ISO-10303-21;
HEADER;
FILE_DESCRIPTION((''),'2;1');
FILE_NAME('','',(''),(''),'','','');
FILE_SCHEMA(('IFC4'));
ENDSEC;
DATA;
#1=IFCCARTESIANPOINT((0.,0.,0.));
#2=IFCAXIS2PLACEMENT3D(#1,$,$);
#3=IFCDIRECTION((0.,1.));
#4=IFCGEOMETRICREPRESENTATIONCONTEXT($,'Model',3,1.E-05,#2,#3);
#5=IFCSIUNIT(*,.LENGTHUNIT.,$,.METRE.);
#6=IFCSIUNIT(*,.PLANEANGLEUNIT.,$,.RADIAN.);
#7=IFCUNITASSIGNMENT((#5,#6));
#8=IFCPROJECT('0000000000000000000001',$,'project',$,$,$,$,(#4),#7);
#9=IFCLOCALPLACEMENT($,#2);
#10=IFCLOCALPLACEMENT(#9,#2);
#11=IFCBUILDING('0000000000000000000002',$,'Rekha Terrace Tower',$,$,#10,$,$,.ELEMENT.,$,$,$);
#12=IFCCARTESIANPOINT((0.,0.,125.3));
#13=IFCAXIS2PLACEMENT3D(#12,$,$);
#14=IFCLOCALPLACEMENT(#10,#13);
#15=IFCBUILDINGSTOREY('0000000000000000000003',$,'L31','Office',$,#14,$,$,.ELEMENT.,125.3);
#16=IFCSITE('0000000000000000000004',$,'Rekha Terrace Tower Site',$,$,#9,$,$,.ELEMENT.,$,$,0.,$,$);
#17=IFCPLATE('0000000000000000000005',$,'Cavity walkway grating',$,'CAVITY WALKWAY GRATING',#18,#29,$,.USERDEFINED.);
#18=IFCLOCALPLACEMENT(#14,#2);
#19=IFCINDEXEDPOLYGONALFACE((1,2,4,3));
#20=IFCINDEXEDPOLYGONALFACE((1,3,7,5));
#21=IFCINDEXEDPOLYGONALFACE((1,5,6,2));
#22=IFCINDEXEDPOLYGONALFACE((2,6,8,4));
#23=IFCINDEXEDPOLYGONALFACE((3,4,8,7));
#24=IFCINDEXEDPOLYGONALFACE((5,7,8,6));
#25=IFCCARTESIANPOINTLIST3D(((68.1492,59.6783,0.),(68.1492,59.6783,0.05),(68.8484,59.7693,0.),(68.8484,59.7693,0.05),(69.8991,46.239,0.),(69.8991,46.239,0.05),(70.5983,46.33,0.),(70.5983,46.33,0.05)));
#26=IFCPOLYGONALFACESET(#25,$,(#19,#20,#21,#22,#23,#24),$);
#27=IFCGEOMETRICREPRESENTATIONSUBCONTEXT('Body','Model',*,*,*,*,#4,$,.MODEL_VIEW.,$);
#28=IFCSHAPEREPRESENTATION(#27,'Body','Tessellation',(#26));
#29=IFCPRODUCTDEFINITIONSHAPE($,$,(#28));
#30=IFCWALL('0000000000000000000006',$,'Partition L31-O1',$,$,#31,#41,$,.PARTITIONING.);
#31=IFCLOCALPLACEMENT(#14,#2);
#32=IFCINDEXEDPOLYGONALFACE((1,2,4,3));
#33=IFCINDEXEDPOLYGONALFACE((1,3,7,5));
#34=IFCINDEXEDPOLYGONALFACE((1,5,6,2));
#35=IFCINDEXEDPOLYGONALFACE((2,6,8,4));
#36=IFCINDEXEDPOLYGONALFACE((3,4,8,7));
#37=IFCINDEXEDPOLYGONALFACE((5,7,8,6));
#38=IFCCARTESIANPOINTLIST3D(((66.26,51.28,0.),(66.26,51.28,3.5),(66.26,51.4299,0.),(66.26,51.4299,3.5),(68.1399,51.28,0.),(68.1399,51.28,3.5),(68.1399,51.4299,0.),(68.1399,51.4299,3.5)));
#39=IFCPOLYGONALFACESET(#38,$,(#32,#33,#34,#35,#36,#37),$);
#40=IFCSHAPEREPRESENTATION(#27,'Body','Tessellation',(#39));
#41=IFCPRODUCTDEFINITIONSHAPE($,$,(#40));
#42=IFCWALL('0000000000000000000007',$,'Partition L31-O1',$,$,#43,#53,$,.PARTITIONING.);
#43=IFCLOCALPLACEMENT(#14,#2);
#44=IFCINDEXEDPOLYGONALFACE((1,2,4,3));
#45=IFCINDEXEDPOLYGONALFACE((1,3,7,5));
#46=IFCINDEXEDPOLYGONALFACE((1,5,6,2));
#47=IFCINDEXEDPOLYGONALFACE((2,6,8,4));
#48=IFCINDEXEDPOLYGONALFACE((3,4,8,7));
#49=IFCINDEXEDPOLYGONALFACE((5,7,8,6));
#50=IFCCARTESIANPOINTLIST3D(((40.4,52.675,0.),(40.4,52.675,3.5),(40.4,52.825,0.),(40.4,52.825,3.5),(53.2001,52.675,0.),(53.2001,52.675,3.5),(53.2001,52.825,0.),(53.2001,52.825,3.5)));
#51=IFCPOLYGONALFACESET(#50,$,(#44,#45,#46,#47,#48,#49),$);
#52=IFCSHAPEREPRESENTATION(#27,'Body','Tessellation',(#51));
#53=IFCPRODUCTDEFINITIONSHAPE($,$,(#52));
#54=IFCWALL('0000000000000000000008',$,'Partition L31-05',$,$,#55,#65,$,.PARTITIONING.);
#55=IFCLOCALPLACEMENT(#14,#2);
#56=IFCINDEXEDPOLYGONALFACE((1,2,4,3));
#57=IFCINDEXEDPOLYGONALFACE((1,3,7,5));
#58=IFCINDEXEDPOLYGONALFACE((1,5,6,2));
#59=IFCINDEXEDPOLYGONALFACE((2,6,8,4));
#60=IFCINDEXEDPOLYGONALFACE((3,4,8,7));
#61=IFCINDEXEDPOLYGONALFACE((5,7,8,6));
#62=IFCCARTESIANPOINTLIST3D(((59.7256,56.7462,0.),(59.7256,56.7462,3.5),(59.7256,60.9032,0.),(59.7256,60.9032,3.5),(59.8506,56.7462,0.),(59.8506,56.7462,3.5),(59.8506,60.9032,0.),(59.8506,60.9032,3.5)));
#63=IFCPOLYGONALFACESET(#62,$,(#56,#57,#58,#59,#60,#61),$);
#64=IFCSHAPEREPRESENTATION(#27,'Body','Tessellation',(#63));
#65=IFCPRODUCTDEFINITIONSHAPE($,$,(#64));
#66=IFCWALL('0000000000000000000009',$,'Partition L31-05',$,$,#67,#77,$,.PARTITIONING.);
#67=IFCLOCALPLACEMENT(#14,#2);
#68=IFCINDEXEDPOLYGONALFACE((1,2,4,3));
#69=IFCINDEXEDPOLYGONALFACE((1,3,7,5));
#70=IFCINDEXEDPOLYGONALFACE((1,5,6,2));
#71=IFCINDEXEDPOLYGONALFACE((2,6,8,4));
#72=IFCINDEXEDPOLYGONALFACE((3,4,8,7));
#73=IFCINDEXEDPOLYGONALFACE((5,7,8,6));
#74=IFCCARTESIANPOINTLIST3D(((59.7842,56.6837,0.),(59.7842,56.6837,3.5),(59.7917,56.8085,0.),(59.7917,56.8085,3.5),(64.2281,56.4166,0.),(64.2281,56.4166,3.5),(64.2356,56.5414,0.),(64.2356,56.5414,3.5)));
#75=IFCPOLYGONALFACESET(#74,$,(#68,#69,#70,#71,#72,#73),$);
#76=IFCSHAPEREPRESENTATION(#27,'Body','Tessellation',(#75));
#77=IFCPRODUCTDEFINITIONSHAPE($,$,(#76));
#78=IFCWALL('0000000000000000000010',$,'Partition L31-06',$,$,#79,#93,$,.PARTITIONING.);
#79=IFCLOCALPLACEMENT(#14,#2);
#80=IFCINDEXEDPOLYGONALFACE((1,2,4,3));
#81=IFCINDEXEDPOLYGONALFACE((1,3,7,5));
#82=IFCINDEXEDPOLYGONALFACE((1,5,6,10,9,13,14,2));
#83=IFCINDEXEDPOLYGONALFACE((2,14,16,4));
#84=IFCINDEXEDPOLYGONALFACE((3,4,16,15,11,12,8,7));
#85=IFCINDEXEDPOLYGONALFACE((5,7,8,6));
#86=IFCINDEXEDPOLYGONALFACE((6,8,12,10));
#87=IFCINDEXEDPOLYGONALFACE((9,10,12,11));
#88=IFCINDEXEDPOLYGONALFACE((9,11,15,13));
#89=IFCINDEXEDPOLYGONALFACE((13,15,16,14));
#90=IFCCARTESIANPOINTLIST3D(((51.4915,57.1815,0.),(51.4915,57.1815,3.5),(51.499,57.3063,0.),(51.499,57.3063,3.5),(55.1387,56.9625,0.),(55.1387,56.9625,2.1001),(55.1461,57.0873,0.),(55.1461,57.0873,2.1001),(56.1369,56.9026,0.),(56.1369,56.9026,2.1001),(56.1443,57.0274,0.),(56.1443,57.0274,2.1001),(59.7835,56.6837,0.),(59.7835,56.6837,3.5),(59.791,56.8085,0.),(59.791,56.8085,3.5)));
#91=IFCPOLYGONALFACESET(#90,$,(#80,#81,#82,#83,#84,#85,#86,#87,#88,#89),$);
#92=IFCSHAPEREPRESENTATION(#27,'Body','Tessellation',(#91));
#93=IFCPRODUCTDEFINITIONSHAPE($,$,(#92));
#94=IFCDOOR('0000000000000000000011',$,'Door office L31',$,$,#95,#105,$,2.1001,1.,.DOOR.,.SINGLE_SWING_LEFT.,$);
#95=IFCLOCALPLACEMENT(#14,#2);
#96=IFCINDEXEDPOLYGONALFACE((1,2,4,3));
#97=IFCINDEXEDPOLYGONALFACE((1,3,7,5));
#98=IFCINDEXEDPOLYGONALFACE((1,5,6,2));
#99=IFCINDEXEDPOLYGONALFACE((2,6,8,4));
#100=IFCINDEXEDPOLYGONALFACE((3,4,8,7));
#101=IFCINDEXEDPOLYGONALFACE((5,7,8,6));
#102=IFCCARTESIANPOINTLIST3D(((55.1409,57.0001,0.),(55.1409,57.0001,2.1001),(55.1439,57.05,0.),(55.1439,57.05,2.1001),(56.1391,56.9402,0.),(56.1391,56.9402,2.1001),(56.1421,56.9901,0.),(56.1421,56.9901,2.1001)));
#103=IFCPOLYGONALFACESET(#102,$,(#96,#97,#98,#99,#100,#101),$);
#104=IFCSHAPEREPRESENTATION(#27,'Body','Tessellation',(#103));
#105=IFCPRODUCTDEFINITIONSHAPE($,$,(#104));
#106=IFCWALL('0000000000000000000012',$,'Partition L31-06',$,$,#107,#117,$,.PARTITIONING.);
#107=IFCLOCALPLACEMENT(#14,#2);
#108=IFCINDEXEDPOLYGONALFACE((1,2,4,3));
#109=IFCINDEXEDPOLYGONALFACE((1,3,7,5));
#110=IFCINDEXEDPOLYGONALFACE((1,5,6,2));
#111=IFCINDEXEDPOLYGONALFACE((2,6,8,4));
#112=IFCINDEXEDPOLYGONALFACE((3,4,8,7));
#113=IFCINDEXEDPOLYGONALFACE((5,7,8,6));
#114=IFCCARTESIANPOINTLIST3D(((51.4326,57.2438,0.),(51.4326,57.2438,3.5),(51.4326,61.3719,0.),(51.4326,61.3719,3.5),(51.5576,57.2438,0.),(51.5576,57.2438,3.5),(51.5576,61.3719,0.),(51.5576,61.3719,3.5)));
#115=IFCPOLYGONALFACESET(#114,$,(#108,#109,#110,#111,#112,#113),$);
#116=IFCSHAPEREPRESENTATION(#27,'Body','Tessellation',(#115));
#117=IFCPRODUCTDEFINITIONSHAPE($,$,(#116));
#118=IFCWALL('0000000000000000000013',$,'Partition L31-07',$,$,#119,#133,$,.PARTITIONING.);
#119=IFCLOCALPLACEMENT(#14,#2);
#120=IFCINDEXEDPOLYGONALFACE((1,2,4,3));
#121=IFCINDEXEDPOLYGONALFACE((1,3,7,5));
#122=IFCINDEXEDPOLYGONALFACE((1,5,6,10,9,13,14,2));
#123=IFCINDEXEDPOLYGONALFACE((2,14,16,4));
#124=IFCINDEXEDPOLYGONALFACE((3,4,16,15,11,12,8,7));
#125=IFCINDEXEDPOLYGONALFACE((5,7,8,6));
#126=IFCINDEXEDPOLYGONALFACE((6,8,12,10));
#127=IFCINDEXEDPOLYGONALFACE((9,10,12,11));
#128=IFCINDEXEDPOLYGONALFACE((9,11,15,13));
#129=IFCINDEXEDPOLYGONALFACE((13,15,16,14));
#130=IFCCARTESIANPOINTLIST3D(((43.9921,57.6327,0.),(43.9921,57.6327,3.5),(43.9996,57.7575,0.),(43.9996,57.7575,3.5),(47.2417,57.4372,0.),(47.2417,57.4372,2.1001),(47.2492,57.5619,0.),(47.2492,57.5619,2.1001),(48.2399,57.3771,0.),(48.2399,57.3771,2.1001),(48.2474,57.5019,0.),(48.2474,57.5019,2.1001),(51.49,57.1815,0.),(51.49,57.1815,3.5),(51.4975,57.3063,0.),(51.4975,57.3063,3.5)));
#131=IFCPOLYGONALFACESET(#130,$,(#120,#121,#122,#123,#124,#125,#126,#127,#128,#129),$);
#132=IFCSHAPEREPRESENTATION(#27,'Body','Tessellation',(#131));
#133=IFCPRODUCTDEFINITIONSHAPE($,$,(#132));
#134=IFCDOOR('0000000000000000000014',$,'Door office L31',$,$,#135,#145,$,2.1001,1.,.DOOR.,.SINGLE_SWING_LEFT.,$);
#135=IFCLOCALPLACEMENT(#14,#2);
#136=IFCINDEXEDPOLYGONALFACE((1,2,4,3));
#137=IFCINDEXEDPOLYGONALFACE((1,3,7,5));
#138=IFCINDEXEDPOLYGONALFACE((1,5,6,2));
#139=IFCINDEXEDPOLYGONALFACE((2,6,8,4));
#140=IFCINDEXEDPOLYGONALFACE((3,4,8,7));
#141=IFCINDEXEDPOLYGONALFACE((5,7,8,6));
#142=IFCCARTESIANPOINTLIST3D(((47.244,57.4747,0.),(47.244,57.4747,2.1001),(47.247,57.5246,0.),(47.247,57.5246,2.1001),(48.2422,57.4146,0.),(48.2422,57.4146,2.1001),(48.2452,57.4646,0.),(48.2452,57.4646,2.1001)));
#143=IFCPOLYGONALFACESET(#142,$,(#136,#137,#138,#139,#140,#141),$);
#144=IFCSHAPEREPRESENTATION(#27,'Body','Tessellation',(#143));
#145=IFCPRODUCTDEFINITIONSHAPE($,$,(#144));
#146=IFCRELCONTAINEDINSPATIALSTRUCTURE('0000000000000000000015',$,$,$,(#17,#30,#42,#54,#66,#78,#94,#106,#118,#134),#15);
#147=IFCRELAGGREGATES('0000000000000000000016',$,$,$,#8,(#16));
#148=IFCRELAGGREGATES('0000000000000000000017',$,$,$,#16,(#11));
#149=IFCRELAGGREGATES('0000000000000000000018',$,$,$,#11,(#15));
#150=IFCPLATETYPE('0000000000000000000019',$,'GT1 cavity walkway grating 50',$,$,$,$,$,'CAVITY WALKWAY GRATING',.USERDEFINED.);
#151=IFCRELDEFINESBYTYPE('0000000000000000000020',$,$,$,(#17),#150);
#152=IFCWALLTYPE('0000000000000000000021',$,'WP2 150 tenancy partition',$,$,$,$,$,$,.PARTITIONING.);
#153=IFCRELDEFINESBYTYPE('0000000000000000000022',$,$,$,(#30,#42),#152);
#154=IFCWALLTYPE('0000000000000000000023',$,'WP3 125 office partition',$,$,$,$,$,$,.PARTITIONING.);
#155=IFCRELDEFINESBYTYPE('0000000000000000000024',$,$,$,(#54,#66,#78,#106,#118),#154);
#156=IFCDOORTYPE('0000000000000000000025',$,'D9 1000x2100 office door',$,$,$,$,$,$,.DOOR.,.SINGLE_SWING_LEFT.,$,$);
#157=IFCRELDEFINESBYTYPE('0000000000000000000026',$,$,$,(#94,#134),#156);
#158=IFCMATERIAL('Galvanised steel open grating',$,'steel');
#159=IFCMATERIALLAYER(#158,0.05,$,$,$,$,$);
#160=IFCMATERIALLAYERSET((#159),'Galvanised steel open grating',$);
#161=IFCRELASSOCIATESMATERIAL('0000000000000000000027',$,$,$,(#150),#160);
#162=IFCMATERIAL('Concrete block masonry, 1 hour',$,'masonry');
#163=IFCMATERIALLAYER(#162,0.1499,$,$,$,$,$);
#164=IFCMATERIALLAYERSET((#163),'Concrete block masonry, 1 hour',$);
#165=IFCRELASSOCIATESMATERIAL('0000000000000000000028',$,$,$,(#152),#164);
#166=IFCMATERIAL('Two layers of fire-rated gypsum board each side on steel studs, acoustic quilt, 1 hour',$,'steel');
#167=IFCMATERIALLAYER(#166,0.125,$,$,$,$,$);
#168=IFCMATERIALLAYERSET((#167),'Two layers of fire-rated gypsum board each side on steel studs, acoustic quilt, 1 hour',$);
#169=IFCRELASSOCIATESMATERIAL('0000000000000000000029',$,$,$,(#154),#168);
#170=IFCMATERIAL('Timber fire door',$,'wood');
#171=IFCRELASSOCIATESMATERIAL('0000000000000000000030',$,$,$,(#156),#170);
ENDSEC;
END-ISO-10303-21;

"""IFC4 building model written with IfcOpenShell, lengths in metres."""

from ifc_helpers import new_model, si_unit, direction, frame, frame_2d, origin, origin_2d, place, context, subcontext, project, spatial, rectangle, extrude, material, layer, layer_set, type_object, element, fill, save


model = new_model("IFC4")

# Units and contexts
model_context = context("Model", 3, precision=1e-05, world=origin(), true_north=direction((0.0, 1.0)))
body_context = subcontext(model_context, "Body", "Model", "MODEL_VIEW")
ifc_project = project(units=[si_unit("LENGTHUNIT", "METRE"), si_unit("PLANEANGLEUNIT", "RADIAN")], contexts=[model_context])

# Site, building, storey
site_placement = place(None, origin())
site = spatial("IfcSite", under=ifc_project, at=site_placement, Name="Rekha Terrace Tower Site", CompositionType="ELEMENT", RefElevation=0.0)
building_placement = place(site_placement, origin())
building = spatial("IfcBuilding", under=site, at=building_placement, Name="Rekha Terrace Tower", CompositionType="ELEMENT")
storey_placement = place(building_placement, frame((0.0, 0.0, 125.3)))
storey = spatial("IfcBuildingStorey", under=building, at=storey_placement, Name="L31", Description="Office", CompositionType="ELEMENT", Elevation=125.3)

# Plate
ifc_material_1 = material(Name="Galvanised steel open grating", Category="steel")
ifc_layer_1 = layer(ifc_material_1, 0.05)
ifc_layer_set_1 = layer_set([ifc_layer_1], Name="Galvanised steel open grating")
plate_type_1 = type_object("IfcPlateType", Name="GT1 cavity walkway grating 50", ElementType="CAVITY WALKWAY GRATING", PredefinedType="USERDEFINED", material=ifc_layer_set_1)
plate_1_placement = place(storey_placement, frame((69.3738, 53.0042, 0.0), z_axis=(0.0, 0.0, 1.0), x_axis=(-0.129118, 0.991629, 0.0)))
element("IfcPlate", 1, at=plate_1_placement, inside=storey, type_object=plate_type_1, Name="Cavity walkway grating", ObjectType="CAVITY WALKWAY GRATING", PredefinedType="USERDEFINED", context=body_context, shape_type="SweptSolid", body=[
    extrude(rectangle(XDim=13.5527, YDim=0.7051, at=origin_2d()), origin(), (0.0, 0.0, 1.0), 0.05),
])

# Walls
ifc_material_2 = material(Name="Concrete block masonry, 1 hour", Category="masonry")
ifc_layer_2 = layer(ifc_material_2, 0.1499)
ifc_layer_set_2 = layer_set([ifc_layer_2], Name="Concrete block masonry, 1 hour")
wall_type_1 = type_object("IfcWallType", Name="WP2 150 tenancy partition", PredefinedType="PARTITIONING", material=ifc_layer_set_2)
wall_1_placement = place(storey_placement, frame((66.26, 51.355, 0.0), z_axis=(0.0, 0.0, 1.0), x_axis=(1.0, 0.0, 0.0)))
element("IfcWall", 2, at=wall_1_placement, inside=storey, type_object=wall_type_1, Name="Partition L31-O1", PredefinedType="PARTITIONING", context=body_context, shape_type="SweptSolid", body=[
    extrude(rectangle(XDim=1.8799, YDim=0.1499, at=frame_2d((0.9399, 0.0))), origin(), (0.0, 0.0, 1.0), 3.5),
])
wall_2_placement = place(storey_placement, frame((53.2, 52.75, 0.0), z_axis=(0.0, 0.0, 1.0), x_axis=(-1.0, 0.0, 0.0)))
element("IfcWall", 3, at=wall_2_placement, inside=storey, type_object=wall_type_1, Name="Partition L31-O1", PredefinedType="PARTITIONING", context=body_context, shape_type="SweptSolid", body=[
    extrude(rectangle(XDim=12.8, YDim=0.1499, at=frame_2d((6.3999, 0.0))), origin(), (0.0, 0.0, 1.0), 3.5),
])
ifc_material_3 = material(Name="Two layers of fire-rated gypsum board each side on steel studs, acoustic quilt, 1 hour", Category="steel")
ifc_layer_3 = layer(ifc_material_3, 0.125)
ifc_layer_set_3 = layer_set([ifc_layer_3], Name="Two layers of fire-rated gypsum board each side on steel studs, acoustic quilt, 1 hour")
wall_type_2 = type_object("IfcWallType", Name="WP3 125 office partition", PredefinedType="PARTITIONING", material=ifc_layer_set_3)
wall_3_placement = place(storey_placement, frame((59.7881, 56.7461, 0.0), z_axis=(0.0, 0.0, 1.0), x_axis=(0.0, 1.0, 0.0)))
element("IfcWall", 4, at=wall_3_placement, inside=storey, type_object=wall_type_2, Name="Partition L31-05", PredefinedType="PARTITIONING", context=body_context, shape_type="SweptSolid", body=[
    extrude(rectangle(XDim=4.157, YDim=0.125, at=frame_2d((2.0786, 0.0))), origin(), (0.0, 0.0, 1.0), 3.5),
])
wall_4_placement = place(storey_placement, frame((64.2319, 56.479, 0.0), z_axis=(0.0, 0.0, 1.0), x_axis=(-0.998199, 0.059995, 0.0)))
element("IfcWall", 5, at=wall_4_placement, inside=storey, type_object=wall_type_2, Name="Partition L31-05", PredefinedType="PARTITIONING", context=body_context, shape_type="SweptSolid", body=[
    extrude(rectangle(XDim=4.4519, YDim=0.125, at=frame_2d((2.2261, 0.0))), origin(), (0.0, 0.0, 1.0), 3.5),
])

# Wall, opening, door
wall_5_placement = place(storey_placement, frame((59.7871, 56.7461, 0.0), z_axis=(0.0, 0.0, 1.0), x_axis=(-0.998203, 0.059926, 0.0)))
wall_5 = element("IfcWall", 6, at=wall_5_placement, inside=storey, type_object=wall_type_2, Name="Partition L31-06", PredefinedType="PARTITIONING", context=body_context, shape_type="SweptSolid", body=[
    extrude(rectangle(XDim=8.3069, YDim=0.125, at=frame_2d((4.1533, 0.0))), origin(), (0.0, 0.0, 1.0), 3.5),
])
opening_1_placement = place(wall_5_placement, frame((3.6531, 0.0, 0.0)))
opening_1 = element("IfcOpeningElement", 7, at=opening_1_placement, cuts=wall_5, PredefinedType="OPENING", context=body_context, shape_type="SweptSolid", body=[
    extrude(rectangle(XDim=1.0, YDim=2.1001, at=frame_2d((0.5, 1.05))), frame((0.0, 0.0725, 0.0), z_axis=(0.0, -1.0, 0.0), x_axis=(1.0, 0.0, 0.0)), (0.0, 0.0, 1.0), 0.145),
])
ifc_material_4 = material(Name="Timber fire door", Category="wood")
door_type = type_object("IfcDoorType", Name="D9 1000x2100 office door", OperationType="SINGLE_SWING_LEFT", PredefinedType="DOOR", material=ifc_material_4)
door_1_placement = place(opening_1_placement, origin())
door_1 = element("IfcDoor", 8, at=door_1_placement, inside=storey, type_object=door_type, Name="Door office L31", OperationType="SINGLE_SWING_LEFT", OverallHeight=2.1001, OverallWidth=1.0, PredefinedType="DOOR", context=body_context, shape_type="SweptSolid", body=[
    extrude(rectangle(XDim=1.0, YDim=2.1001, at=frame_2d((0.5, 1.05))), frame((0.0, 0.0249, 0.0), z_axis=(0.0, -1.0, 0.0), x_axis=(1.0, 0.0, 0.0)), (0.0, 0.0, 1.0), 0.05),
])
fill(opening_1, door_1)

# Wall
wall_6_placement = place(storey_placement, frame((51.4951, 57.2439, 0.0), z_axis=(0.0, 0.0, 1.0), x_axis=(0.0, 1.0, 0.0)))
element("IfcWall", 9, at=wall_6_placement, inside=storey, type_object=wall_type_2, Name="Partition L31-06", PredefinedType="PARTITIONING", context=body_context, shape_type="SweptSolid", body=[
    extrude(rectangle(XDim=4.1282, YDim=0.125, at=frame_2d((2.064, 0.0))), origin(), (0.0, 0.0, 1.0), 3.5),
])

# Wall, opening, door
wall_7_placement = place(storey_placement, frame((51.4939, 57.2439, 0.0), z_axis=(0.0, 0.0, 1.0), x_axis=(-0.998194, 0.060065, 0.0)))
wall_7 = element("IfcWall", 10, at=wall_7_placement, inside=storey, type_object=wall_type_2, Name="Partition L31-07", PredefinedType="PARTITIONING", context=body_context, shape_type="SweptSolid", body=[
    extrude(rectangle(XDim=7.5115, YDim=0.125, at=frame_2d((3.7559, 0.0))), origin(), (0.0, 0.0, 1.0), 3.5),
])
opening_2_placement = place(wall_7_placement, frame((3.2561, 0.0, 0.0)))
opening_2 = element("IfcOpeningElement", 11, at=opening_2_placement, cuts=wall_7, PredefinedType="OPENING", context=body_context, shape_type="SweptSolid", body=[
    extrude(rectangle(XDim=1.0, YDim=2.1001, at=frame_2d((0.5, 1.05))), frame((0.0, 0.0725, 0.0), z_axis=(0.0, -1.0, 0.0), x_axis=(1.0, 0.0, 0.0)), (0.0, 0.0, 1.0), 0.145),
])
door_2_placement = place(opening_2_placement, origin())
door_2 = element("IfcDoor", 12, at=door_2_placement, inside=storey, type_object=door_type, Name="Door office L31", OperationType="SINGLE_SWING_LEFT", OverallHeight=2.1001, OverallWidth=1.0, PredefinedType="DOOR", context=body_context, shape_type="SweptSolid", body=[
    extrude(rectangle(XDim=1.0, YDim=2.1001, at=frame_2d((0.5, 1.05))), frame((0.0, 0.0249, 0.0), z_axis=(0.0, -1.0, 0.0), x_axis=(1.0, 0.0, 0.0)), (0.0, 0.0, 1.0), 0.05),
])
fill(opening_2, door_2)

save(model, "model.ifc")
